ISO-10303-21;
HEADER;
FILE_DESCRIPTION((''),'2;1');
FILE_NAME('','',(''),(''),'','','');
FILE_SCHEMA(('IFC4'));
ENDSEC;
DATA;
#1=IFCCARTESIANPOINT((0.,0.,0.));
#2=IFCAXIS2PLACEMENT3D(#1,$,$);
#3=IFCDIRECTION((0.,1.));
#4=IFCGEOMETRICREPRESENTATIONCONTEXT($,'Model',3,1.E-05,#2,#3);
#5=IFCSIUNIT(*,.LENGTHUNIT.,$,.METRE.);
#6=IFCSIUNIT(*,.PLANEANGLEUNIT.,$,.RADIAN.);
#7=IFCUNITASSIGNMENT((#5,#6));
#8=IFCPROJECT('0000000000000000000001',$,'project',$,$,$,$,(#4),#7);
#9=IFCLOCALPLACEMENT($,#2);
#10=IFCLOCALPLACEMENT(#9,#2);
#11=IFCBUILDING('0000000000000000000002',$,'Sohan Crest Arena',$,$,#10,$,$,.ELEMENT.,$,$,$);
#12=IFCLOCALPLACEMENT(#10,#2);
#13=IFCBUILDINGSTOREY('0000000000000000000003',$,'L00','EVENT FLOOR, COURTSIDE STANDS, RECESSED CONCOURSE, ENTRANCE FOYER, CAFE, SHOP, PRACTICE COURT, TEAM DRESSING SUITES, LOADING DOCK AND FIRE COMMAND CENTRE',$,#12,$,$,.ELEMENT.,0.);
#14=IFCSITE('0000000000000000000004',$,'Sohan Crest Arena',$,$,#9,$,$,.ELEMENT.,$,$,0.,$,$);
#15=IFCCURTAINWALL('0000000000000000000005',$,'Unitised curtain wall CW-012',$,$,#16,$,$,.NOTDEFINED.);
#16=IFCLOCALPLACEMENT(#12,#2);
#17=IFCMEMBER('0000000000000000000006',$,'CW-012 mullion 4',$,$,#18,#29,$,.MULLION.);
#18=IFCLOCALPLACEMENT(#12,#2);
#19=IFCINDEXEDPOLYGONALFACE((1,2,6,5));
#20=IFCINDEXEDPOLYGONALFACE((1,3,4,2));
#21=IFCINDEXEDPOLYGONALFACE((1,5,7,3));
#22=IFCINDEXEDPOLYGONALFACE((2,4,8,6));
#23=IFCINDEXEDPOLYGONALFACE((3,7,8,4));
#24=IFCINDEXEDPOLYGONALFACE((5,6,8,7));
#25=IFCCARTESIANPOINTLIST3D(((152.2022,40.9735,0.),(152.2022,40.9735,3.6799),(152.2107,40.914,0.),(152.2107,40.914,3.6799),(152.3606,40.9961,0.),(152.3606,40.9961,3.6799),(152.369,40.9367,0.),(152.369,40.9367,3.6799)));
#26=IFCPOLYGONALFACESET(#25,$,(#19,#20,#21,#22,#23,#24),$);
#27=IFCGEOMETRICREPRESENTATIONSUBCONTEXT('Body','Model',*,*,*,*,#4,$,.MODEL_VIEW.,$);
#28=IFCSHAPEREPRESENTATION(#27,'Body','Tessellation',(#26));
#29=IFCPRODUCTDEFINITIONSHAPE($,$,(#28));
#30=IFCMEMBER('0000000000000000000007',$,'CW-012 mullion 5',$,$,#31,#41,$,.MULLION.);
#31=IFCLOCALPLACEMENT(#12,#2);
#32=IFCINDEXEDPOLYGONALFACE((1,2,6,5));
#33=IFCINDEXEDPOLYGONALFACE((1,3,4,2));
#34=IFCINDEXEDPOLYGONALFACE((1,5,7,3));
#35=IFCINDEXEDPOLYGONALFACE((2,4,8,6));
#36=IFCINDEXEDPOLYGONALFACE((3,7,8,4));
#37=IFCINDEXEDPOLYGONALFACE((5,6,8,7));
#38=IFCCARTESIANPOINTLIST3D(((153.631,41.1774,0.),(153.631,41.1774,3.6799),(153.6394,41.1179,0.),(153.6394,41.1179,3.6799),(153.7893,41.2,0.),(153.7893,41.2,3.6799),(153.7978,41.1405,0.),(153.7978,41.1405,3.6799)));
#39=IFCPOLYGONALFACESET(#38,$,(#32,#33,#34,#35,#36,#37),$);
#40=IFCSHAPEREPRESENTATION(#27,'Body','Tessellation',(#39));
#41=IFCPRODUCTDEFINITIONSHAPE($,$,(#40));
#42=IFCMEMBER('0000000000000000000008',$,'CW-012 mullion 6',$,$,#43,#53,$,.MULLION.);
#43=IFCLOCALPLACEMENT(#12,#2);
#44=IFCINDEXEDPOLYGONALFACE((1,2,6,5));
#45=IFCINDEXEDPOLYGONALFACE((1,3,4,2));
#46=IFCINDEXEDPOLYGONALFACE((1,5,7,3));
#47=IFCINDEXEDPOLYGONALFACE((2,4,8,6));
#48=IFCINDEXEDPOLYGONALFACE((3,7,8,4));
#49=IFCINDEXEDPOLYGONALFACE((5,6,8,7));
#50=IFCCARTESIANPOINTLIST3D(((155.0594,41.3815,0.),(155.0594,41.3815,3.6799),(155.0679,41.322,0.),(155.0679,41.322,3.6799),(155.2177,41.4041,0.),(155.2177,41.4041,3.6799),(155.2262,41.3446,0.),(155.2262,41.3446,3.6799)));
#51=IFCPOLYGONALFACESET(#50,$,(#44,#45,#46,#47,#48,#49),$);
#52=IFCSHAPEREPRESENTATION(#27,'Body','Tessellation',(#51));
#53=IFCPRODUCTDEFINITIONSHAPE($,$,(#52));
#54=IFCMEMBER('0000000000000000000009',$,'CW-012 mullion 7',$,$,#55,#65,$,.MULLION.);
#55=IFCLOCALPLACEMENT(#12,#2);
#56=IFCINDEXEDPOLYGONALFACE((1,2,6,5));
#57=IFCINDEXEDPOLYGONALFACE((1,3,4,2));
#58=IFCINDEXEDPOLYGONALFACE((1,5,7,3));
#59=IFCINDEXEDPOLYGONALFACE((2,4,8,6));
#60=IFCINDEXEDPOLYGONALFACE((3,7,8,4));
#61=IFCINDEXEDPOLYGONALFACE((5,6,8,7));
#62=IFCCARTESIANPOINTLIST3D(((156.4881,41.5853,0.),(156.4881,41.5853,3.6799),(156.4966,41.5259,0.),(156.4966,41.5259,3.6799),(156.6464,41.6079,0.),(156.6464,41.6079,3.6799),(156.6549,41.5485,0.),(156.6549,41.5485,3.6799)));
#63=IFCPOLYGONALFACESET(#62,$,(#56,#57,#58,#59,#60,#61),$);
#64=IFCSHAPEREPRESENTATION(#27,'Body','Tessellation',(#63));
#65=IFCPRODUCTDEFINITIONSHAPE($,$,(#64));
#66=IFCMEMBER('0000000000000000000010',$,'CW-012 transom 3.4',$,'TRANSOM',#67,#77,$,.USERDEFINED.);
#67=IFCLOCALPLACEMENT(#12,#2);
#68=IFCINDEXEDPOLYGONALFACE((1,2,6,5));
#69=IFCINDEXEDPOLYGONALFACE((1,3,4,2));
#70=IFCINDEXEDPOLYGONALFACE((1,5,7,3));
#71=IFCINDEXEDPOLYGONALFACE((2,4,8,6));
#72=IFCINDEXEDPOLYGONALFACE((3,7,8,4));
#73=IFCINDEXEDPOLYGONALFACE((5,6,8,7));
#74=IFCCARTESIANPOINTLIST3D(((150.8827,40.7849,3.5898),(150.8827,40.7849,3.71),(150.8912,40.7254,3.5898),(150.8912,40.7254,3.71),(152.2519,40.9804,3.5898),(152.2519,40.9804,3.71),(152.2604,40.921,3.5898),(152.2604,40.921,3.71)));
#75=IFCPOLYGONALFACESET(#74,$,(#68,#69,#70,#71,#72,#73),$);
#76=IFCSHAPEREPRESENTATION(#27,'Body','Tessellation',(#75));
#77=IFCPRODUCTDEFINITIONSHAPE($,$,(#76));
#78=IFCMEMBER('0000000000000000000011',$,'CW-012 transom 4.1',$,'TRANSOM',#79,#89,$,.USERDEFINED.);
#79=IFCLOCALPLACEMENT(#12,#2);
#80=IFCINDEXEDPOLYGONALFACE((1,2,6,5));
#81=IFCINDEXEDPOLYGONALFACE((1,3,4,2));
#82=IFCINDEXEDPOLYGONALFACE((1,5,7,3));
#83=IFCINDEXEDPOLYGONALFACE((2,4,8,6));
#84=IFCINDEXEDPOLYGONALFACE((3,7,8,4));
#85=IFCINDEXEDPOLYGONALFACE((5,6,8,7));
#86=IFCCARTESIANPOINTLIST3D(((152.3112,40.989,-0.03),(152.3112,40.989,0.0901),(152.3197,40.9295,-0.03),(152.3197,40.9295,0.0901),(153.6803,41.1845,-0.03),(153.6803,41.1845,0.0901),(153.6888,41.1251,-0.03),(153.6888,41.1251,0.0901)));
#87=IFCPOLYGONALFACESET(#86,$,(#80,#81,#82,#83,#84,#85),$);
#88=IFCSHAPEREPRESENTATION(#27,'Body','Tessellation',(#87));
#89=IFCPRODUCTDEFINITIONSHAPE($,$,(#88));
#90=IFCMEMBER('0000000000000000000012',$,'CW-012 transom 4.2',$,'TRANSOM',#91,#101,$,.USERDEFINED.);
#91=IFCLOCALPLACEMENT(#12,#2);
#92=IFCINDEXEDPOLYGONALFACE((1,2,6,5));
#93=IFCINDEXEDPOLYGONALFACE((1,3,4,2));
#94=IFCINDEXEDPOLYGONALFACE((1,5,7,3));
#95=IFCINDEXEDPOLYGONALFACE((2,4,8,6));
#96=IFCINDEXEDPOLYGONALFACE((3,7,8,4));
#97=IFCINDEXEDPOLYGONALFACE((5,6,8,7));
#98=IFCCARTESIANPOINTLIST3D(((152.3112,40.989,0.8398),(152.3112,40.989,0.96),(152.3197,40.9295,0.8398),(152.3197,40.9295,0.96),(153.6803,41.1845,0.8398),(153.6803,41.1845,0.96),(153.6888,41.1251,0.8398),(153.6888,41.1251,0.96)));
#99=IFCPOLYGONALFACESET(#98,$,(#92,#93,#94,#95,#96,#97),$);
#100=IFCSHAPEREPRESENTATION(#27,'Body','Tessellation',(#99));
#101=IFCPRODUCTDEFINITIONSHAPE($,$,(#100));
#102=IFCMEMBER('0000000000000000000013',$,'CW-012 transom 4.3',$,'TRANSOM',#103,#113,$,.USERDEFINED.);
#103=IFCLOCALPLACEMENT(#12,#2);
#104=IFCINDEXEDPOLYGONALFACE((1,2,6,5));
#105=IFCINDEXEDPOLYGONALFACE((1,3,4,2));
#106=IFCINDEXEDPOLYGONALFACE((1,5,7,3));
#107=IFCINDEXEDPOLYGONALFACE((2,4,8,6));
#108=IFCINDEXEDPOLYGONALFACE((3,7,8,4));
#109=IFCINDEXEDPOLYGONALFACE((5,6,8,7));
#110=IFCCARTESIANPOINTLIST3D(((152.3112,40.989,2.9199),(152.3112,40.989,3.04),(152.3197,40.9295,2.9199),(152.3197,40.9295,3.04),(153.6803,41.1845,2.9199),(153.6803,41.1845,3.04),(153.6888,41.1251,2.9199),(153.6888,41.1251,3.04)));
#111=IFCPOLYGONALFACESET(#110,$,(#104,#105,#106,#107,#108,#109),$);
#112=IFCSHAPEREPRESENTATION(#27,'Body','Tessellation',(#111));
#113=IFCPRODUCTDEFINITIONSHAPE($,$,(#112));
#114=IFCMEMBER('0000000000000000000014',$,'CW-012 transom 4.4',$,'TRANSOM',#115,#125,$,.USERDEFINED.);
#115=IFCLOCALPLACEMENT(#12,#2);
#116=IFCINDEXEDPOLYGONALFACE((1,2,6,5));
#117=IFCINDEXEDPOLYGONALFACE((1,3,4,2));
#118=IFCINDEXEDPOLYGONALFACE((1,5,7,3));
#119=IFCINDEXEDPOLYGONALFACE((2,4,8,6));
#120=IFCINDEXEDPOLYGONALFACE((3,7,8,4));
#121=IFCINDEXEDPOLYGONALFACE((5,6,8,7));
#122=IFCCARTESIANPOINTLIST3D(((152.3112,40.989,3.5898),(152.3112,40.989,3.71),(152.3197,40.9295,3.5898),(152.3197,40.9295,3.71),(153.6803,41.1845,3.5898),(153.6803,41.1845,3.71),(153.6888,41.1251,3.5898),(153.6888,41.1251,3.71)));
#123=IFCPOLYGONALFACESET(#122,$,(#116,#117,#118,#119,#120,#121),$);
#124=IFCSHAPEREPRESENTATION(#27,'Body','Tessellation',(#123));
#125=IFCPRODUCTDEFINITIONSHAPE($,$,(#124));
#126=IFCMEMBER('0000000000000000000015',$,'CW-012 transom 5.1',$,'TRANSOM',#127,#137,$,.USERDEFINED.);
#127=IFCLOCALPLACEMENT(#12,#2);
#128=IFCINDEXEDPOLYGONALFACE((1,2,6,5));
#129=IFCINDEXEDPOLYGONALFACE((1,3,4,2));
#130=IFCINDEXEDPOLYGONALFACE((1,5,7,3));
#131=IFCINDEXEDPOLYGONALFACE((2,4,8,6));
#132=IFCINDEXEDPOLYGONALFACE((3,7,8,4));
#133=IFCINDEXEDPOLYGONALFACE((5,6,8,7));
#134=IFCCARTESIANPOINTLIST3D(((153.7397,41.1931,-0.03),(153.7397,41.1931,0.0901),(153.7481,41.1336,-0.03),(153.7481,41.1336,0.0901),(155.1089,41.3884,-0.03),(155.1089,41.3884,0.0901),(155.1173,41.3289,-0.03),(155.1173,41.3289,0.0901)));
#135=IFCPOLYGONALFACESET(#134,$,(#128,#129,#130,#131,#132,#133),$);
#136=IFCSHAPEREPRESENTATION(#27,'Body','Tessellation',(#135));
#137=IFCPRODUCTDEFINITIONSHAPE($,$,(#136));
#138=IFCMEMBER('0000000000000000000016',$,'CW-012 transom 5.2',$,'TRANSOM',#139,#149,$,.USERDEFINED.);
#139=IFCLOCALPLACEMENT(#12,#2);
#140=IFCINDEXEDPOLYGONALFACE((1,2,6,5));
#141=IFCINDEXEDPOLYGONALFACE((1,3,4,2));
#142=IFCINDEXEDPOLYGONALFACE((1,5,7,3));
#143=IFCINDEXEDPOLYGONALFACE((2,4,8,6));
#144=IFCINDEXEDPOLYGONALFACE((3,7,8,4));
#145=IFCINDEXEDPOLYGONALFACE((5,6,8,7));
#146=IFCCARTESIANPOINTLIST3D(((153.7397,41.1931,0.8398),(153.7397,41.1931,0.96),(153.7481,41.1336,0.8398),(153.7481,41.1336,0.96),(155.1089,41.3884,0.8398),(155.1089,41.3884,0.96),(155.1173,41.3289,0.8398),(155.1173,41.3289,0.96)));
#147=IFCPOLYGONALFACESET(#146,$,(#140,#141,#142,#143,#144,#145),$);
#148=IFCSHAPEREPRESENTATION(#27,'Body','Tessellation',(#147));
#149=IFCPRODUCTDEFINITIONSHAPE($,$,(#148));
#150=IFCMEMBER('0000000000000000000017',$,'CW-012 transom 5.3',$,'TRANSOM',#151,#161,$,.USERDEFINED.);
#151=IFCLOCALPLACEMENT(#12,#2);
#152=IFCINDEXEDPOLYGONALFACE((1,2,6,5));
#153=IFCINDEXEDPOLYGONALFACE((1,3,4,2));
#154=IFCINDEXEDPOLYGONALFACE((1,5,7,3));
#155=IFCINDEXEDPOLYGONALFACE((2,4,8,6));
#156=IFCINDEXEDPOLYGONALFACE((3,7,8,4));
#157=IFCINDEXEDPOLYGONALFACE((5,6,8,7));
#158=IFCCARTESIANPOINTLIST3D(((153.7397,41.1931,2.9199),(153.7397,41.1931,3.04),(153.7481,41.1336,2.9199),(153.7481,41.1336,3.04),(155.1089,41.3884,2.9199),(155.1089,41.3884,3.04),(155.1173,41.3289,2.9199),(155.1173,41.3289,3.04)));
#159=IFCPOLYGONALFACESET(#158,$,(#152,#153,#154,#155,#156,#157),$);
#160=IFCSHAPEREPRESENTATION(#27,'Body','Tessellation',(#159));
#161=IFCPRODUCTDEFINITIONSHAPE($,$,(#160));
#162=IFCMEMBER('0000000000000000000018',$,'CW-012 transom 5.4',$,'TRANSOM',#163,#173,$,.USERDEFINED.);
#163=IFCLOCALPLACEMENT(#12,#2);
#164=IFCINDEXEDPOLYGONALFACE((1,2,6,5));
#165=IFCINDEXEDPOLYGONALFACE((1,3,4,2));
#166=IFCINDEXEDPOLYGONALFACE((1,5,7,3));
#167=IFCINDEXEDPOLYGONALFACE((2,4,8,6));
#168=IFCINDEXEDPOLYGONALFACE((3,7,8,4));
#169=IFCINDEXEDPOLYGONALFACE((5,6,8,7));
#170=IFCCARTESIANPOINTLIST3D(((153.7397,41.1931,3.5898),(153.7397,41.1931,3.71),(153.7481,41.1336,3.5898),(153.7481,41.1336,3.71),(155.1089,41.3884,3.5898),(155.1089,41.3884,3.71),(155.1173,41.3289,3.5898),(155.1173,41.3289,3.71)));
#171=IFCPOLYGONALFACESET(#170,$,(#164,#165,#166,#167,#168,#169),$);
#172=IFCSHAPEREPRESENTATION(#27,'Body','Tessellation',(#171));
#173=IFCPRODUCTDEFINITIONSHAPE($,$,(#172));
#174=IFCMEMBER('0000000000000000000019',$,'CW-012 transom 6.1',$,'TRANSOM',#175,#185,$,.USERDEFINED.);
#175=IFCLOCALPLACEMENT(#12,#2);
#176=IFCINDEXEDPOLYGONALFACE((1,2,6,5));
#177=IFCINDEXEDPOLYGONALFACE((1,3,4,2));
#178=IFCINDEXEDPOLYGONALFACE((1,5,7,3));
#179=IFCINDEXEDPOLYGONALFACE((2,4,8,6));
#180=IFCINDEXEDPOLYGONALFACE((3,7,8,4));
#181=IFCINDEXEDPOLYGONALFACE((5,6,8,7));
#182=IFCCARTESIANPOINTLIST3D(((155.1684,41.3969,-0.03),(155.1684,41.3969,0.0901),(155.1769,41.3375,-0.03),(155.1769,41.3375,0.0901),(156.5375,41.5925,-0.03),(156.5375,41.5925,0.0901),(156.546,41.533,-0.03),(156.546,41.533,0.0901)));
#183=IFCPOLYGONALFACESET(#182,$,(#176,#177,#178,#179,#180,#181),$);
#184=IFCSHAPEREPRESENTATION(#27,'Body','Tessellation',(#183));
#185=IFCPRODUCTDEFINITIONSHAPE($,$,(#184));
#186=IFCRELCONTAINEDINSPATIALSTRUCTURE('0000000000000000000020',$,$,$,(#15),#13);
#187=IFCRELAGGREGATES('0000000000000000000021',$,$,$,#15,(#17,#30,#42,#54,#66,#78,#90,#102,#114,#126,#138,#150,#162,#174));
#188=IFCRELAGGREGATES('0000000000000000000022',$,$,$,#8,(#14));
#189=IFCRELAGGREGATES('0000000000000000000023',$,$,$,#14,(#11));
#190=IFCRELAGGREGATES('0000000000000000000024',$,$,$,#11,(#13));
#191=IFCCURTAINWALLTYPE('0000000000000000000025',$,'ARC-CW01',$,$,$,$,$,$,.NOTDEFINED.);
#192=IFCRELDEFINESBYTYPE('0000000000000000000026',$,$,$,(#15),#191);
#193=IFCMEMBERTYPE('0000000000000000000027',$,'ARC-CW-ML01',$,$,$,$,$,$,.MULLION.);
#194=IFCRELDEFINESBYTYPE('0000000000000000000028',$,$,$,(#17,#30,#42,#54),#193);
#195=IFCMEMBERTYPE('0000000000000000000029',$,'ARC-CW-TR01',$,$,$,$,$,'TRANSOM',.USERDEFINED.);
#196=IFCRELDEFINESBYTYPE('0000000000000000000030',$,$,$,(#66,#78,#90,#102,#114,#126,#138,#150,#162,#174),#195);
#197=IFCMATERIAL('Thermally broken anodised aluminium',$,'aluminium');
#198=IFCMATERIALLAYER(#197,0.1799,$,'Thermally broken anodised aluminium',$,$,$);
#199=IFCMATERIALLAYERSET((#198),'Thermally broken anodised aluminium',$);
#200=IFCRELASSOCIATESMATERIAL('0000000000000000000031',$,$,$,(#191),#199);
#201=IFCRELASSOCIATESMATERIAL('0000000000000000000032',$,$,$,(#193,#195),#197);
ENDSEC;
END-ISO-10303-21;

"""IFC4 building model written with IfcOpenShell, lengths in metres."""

from ifc_helpers import new_model, si_unit, direction, frame, origin, origin_2d, place, context, subcontext, project, spatial, rectangle, extrude, material, layer, layer_set, material_profile, profile_set, type_object, element, aggregate, save


model = new_model("IFC4")

# Units and contexts
model_context = context("Model", 3, precision=1e-05, world=origin(), true_north=direction((0.0, 1.0)))
body_context = subcontext(model_context, "Body", "Model", "MODEL_VIEW")
ifc_project = project(units=[si_unit("LENGTHUNIT", "METRE"), si_unit("PLANEANGLEUNIT", "RADIAN")], contexts=[model_context])

# Site, building, storey
site_placement = place(None, origin())
site = spatial("IfcSite", under=ifc_project, at=site_placement, Name="Sohan Crest Arena", CompositionType="ELEMENT", RefElevation=0.0)
building_placement = place(site_placement, origin())
building = spatial("IfcBuilding", under=site, at=building_placement, Name="Sohan Crest Arena", CompositionType="ELEMENT")
storey_placement = place(building_placement, origin())
storey = spatial("IfcBuildingStorey", under=building, at=storey_placement, Name="L00", Description="EVENT FLOOR, COURTSIDE STANDS, RECESSED CONCOURSE, ENTRANCE FOYER, CAFE, SHOP, PRACTICE COURT, TEAM DRESSING SUITES, LOADING DOCK AND FIRE COMMAND CENTRE", CompositionType="ELEMENT", Elevation=0.0)

# Curtain wall, members
ifc_material_1 = material(Name="Thermally broken anodised aluminium", Category="aluminium")
ifc_layer_1 = layer(ifc_material_1, 0.1799, Name="Thermally broken anodised aluminium")
ifc_layer_set_1 = layer_set([ifc_layer_1], Name="Thermally broken anodised aluminium")
curtain_wall_type = type_object("IfcCurtainWallType", Name="ARC-CW01", PredefinedType="NOTDEFINED", material=ifc_layer_set_1)
curtain_wall_placement = place(storey_placement, origin())
curtain_wall = element("IfcCurtainWall", 1, at=curtain_wall_placement, inside=storey, type_object=curtain_wall_type, Name="Unitised curtain wall CW-012", PredefinedType="NOTDEFINED")
ifc_material_profile_1 = material_profile(ifc_material_1, rectangle(XDim=0.0601, YDim=0.1599, at=origin_2d()), Name="ALU-MULL 60x160")
ifc_profile_set_1 = profile_set([ifc_material_profile_1], Name="Thermally broken anodised aluminium")
member_type_1 = type_object("IfcMemberType", Name="ARC-CW-ML01", PredefinedType="MULLION", material=ifc_profile_set_1)
member_1_placement = place(storey_placement, frame((152.2856, 40.9551, 0.0), z_axis=(0.0, 0.0, 1.0), x_axis=(-0.141366, 0.989957, 0.0)))
member_1 = element("IfcMember", 2, at=member_1_placement, type_object=member_type_1, Name="CW-012 mullion 4", PredefinedType="MULLION", context=body_context, shape_type="SweptSolid", body=[
    extrude(rectangle(XDim=0.0601, YDim=0.1599, at=origin_2d()), origin(), (0.0, 0.0, 1.0), 3.6799),
])
member_2_placement = place(storey_placement, frame((153.7144, 41.1589, 0.0), z_axis=(0.0, 0.0, 1.0), x_axis=(-0.141366, 0.989957, 0.0)))
member_2 = element("IfcMember", 3, at=member_2_placement, type_object=member_type_1, Name="CW-012 mullion 5", PredefinedType="MULLION", context=body_context, shape_type="SweptSolid", body=[
    extrude(rectangle(XDim=0.0601, YDim=0.1599, at=origin_2d()), origin(), (0.0, 0.0, 1.0), 3.6799),
])
member_3_placement = place(storey_placement, frame((155.1428, 41.363, 0.0), z_axis=(0.0, 0.0, 1.0), x_axis=(-0.141366, 0.989957, 0.0)))
member_3 = element("IfcMember", 4, at=member_3_placement, type_object=member_type_1, Name="CW-012 mullion 6", PredefinedType="MULLION", context=body_context, shape_type="SweptSolid", body=[
    extrude(rectangle(XDim=0.0601, YDim=0.1599, at=origin_2d()), origin(), (0.0, 0.0, 1.0), 3.6799),
])
member_4_placement = place(storey_placement, frame((156.5715, 41.5669, 0.0), z_axis=(0.0, 0.0, 1.0), x_axis=(-0.141366, 0.989957, 0.0)))
member_4 = element("IfcMember", 5, at=member_4_placement, type_object=member_type_1, Name="CW-012 mullion 7", PredefinedType="MULLION", context=body_context, shape_type="SweptSolid", body=[
    extrude(rectangle(XDim=0.0601, YDim=0.1599, at=origin_2d()), origin(), (0.0, 0.0, 1.0), 3.6799),
])
ifc_material_profile_2 = material_profile(ifc_material_1, rectangle(XDim=0.0601, YDim=0.1201, at=origin_2d()), Name="ALU-TRAN 60x120")
ifc_profile_set_2 = profile_set([ifc_material_profile_2], Name="Thermally broken anodised aluminium")
member_type_2 = type_object("IfcMemberType", Name="ARC-CW-TR01", ElementType="TRANSOM", PredefinedType="USERDEFINED", material=ifc_profile_set_2)
member_5_placement = place(storey_placement, frame((150.887, 40.7551, 3.6499), z_axis=(0.989953, 0.141397, 0.0), x_axis=(-0.141397, 0.989953, 0.0)))
member_5 = element("IfcMember", 6, at=member_5_placement, type_object=member_type_2, Name="CW-012 transom 3.4", ObjectType="TRANSOM", PredefinedType="USERDEFINED", context=body_context, shape_type="SweptSolid", body=[
    extrude(rectangle(XDim=0.0601, YDim=0.1201, at=origin_2d()), origin(), (0.0, 0.0, 1.0), 1.3831),
])
member_6_placement = place(storey_placement, frame((152.3154, 40.9592, 0.03), z_axis=(0.989953, 0.141397, 0.0), x_axis=(-0.141397, 0.989953, 0.0)))
member_6 = element("IfcMember", 7, at=member_6_placement, type_object=member_type_2, Name="CW-012 transom 4.1", ObjectType="TRANSOM", PredefinedType="USERDEFINED", context=body_context, shape_type="SweptSolid", body=[
    extrude(rectangle(XDim=0.0601, YDim=0.1201, at=origin_2d()), origin(), (0.0, 0.0, 1.0), 1.3831),
])
member_7_placement = place(storey_placement, frame((152.3154, 40.9592, 0.8999), z_axis=(0.989953, 0.141397, 0.0), x_axis=(-0.141397, 0.989953, 0.0)))
member_7 = element("IfcMember", 8, at=member_7_placement, type_object=member_type_2, Name="CW-012 transom 4.2", ObjectType="TRANSOM", PredefinedType="USERDEFINED", context=body_context, shape_type="SweptSolid", body=[
    extrude(rectangle(XDim=0.0601, YDim=0.1201, at=origin_2d()), origin(), (0.0, 0.0, 1.0), 1.3831),
])
member_8_placement = place(storey_placement, frame((152.3154, 40.9592, 2.98), z_axis=(0.989953, 0.141397, 0.0), x_axis=(-0.141397, 0.989953, 0.0)))
member_8 = element("IfcMember", 9, at=member_8_placement, type_object=member_type_2, Name="CW-012 transom 4.3", ObjectType="TRANSOM", PredefinedType="USERDEFINED", context=body_context, shape_type="SweptSolid", body=[
    extrude(rectangle(XDim=0.0601, YDim=0.1201, at=origin_2d()), origin(), (0.0, 0.0, 1.0), 1.3831),
])
member_9_placement = place(storey_placement, frame((152.3154, 40.9592, 3.6499), z_axis=(0.989953, 0.141397, 0.0), x_axis=(-0.141397, 0.989953, 0.0)))
member_9 = element("IfcMember", 10, at=member_9_placement, type_object=member_type_2, Name="CW-012 transom 4.4", ObjectType="TRANSOM", PredefinedType="USERDEFINED", context=body_context, shape_type="SweptSolid", body=[
    extrude(rectangle(XDim=0.0601, YDim=0.1201, at=origin_2d()), origin(), (0.0, 0.0, 1.0), 1.3831),
])
member_10_placement = place(storey_placement, frame((153.7439, 41.1633, 0.03), z_axis=(0.989978, 0.141224, 0.0), x_axis=(-0.141224, 0.989978, 0.0)))
member_10 = element("IfcMember", 11, at=member_10_placement, type_object=member_type_2, Name="CW-012 transom 5.1", ObjectType="TRANSOM", PredefinedType="USERDEFINED", context=body_context, shape_type="SweptSolid", body=[
    extrude(rectangle(XDim=0.0601, YDim=0.1201, at=origin_2d()), origin(), (0.0, 0.0, 1.0), 1.3831),
])
member_11_placement = place(storey_placement, frame((153.7439, 41.1633, 0.8999), z_axis=(0.989978, 0.141224, 0.0), x_axis=(-0.141224, 0.989978, 0.0)))
member_11 = element("IfcMember", 12, at=member_11_placement, type_object=member_type_2, Name="CW-012 transom 5.2", ObjectType="TRANSOM", PredefinedType="USERDEFINED", context=body_context, shape_type="SweptSolid", body=[
    extrude(rectangle(XDim=0.0601, YDim=0.1201, at=origin_2d()), origin(), (0.0, 0.0, 1.0), 1.3831),
])
member_12_placement = place(storey_placement, frame((153.7439, 41.1633, 2.98), z_axis=(0.989978, 0.141224, 0.0), x_axis=(-0.141224, 0.989978, 0.0)))
member_12 = element("IfcMember", 13, at=member_12_placement, type_object=member_type_2, Name="CW-012 transom 5.3", ObjectType="TRANSOM", PredefinedType="USERDEFINED", context=body_context, shape_type="SweptSolid", body=[
    extrude(rectangle(XDim=0.0601, YDim=0.1201, at=origin_2d()), origin(), (0.0, 0.0, 1.0), 1.3831),
])
member_13_placement = place(storey_placement, frame((153.7439, 41.1633, 3.6499), z_axis=(0.989978, 0.141224, 0.0), x_axis=(-0.141224, 0.989978, 0.0)))
member_13 = element("IfcMember", 14, at=member_13_placement, type_object=member_type_2, Name="CW-012 transom 5.4", ObjectType="TRANSOM", PredefinedType="USERDEFINED", context=body_context, shape_type="SweptSolid", body=[
    extrude(rectangle(XDim=0.0601, YDim=0.1201, at=origin_2d()), origin(), (0.0, 0.0, 1.0), 1.3831),
])
member_14_placement = place(storey_placement, frame((155.1726, 41.3672, 0.03), z_axis=(0.989953, 0.141397, 0.0), x_axis=(-0.141397, 0.989953, 0.0)))
member_14 = element("IfcMember", 15, at=member_14_placement, type_object=member_type_2, Name="CW-012 transom 6.1", ObjectType="TRANSOM", PredefinedType="USERDEFINED", context=body_context, shape_type="SweptSolid", body=[
    extrude(rectangle(XDim=0.0601, YDim=0.1201, at=origin_2d()), origin(), (0.0, 0.0, 1.0), 1.3831),
])

aggregate(curtain_wall, [member_1, member_2, member_3, member_4, member_5, member_6, member_7, member_8, member_9, member_10, member_11, member_12, member_13, member_14])

save(model, "model.ifc")
